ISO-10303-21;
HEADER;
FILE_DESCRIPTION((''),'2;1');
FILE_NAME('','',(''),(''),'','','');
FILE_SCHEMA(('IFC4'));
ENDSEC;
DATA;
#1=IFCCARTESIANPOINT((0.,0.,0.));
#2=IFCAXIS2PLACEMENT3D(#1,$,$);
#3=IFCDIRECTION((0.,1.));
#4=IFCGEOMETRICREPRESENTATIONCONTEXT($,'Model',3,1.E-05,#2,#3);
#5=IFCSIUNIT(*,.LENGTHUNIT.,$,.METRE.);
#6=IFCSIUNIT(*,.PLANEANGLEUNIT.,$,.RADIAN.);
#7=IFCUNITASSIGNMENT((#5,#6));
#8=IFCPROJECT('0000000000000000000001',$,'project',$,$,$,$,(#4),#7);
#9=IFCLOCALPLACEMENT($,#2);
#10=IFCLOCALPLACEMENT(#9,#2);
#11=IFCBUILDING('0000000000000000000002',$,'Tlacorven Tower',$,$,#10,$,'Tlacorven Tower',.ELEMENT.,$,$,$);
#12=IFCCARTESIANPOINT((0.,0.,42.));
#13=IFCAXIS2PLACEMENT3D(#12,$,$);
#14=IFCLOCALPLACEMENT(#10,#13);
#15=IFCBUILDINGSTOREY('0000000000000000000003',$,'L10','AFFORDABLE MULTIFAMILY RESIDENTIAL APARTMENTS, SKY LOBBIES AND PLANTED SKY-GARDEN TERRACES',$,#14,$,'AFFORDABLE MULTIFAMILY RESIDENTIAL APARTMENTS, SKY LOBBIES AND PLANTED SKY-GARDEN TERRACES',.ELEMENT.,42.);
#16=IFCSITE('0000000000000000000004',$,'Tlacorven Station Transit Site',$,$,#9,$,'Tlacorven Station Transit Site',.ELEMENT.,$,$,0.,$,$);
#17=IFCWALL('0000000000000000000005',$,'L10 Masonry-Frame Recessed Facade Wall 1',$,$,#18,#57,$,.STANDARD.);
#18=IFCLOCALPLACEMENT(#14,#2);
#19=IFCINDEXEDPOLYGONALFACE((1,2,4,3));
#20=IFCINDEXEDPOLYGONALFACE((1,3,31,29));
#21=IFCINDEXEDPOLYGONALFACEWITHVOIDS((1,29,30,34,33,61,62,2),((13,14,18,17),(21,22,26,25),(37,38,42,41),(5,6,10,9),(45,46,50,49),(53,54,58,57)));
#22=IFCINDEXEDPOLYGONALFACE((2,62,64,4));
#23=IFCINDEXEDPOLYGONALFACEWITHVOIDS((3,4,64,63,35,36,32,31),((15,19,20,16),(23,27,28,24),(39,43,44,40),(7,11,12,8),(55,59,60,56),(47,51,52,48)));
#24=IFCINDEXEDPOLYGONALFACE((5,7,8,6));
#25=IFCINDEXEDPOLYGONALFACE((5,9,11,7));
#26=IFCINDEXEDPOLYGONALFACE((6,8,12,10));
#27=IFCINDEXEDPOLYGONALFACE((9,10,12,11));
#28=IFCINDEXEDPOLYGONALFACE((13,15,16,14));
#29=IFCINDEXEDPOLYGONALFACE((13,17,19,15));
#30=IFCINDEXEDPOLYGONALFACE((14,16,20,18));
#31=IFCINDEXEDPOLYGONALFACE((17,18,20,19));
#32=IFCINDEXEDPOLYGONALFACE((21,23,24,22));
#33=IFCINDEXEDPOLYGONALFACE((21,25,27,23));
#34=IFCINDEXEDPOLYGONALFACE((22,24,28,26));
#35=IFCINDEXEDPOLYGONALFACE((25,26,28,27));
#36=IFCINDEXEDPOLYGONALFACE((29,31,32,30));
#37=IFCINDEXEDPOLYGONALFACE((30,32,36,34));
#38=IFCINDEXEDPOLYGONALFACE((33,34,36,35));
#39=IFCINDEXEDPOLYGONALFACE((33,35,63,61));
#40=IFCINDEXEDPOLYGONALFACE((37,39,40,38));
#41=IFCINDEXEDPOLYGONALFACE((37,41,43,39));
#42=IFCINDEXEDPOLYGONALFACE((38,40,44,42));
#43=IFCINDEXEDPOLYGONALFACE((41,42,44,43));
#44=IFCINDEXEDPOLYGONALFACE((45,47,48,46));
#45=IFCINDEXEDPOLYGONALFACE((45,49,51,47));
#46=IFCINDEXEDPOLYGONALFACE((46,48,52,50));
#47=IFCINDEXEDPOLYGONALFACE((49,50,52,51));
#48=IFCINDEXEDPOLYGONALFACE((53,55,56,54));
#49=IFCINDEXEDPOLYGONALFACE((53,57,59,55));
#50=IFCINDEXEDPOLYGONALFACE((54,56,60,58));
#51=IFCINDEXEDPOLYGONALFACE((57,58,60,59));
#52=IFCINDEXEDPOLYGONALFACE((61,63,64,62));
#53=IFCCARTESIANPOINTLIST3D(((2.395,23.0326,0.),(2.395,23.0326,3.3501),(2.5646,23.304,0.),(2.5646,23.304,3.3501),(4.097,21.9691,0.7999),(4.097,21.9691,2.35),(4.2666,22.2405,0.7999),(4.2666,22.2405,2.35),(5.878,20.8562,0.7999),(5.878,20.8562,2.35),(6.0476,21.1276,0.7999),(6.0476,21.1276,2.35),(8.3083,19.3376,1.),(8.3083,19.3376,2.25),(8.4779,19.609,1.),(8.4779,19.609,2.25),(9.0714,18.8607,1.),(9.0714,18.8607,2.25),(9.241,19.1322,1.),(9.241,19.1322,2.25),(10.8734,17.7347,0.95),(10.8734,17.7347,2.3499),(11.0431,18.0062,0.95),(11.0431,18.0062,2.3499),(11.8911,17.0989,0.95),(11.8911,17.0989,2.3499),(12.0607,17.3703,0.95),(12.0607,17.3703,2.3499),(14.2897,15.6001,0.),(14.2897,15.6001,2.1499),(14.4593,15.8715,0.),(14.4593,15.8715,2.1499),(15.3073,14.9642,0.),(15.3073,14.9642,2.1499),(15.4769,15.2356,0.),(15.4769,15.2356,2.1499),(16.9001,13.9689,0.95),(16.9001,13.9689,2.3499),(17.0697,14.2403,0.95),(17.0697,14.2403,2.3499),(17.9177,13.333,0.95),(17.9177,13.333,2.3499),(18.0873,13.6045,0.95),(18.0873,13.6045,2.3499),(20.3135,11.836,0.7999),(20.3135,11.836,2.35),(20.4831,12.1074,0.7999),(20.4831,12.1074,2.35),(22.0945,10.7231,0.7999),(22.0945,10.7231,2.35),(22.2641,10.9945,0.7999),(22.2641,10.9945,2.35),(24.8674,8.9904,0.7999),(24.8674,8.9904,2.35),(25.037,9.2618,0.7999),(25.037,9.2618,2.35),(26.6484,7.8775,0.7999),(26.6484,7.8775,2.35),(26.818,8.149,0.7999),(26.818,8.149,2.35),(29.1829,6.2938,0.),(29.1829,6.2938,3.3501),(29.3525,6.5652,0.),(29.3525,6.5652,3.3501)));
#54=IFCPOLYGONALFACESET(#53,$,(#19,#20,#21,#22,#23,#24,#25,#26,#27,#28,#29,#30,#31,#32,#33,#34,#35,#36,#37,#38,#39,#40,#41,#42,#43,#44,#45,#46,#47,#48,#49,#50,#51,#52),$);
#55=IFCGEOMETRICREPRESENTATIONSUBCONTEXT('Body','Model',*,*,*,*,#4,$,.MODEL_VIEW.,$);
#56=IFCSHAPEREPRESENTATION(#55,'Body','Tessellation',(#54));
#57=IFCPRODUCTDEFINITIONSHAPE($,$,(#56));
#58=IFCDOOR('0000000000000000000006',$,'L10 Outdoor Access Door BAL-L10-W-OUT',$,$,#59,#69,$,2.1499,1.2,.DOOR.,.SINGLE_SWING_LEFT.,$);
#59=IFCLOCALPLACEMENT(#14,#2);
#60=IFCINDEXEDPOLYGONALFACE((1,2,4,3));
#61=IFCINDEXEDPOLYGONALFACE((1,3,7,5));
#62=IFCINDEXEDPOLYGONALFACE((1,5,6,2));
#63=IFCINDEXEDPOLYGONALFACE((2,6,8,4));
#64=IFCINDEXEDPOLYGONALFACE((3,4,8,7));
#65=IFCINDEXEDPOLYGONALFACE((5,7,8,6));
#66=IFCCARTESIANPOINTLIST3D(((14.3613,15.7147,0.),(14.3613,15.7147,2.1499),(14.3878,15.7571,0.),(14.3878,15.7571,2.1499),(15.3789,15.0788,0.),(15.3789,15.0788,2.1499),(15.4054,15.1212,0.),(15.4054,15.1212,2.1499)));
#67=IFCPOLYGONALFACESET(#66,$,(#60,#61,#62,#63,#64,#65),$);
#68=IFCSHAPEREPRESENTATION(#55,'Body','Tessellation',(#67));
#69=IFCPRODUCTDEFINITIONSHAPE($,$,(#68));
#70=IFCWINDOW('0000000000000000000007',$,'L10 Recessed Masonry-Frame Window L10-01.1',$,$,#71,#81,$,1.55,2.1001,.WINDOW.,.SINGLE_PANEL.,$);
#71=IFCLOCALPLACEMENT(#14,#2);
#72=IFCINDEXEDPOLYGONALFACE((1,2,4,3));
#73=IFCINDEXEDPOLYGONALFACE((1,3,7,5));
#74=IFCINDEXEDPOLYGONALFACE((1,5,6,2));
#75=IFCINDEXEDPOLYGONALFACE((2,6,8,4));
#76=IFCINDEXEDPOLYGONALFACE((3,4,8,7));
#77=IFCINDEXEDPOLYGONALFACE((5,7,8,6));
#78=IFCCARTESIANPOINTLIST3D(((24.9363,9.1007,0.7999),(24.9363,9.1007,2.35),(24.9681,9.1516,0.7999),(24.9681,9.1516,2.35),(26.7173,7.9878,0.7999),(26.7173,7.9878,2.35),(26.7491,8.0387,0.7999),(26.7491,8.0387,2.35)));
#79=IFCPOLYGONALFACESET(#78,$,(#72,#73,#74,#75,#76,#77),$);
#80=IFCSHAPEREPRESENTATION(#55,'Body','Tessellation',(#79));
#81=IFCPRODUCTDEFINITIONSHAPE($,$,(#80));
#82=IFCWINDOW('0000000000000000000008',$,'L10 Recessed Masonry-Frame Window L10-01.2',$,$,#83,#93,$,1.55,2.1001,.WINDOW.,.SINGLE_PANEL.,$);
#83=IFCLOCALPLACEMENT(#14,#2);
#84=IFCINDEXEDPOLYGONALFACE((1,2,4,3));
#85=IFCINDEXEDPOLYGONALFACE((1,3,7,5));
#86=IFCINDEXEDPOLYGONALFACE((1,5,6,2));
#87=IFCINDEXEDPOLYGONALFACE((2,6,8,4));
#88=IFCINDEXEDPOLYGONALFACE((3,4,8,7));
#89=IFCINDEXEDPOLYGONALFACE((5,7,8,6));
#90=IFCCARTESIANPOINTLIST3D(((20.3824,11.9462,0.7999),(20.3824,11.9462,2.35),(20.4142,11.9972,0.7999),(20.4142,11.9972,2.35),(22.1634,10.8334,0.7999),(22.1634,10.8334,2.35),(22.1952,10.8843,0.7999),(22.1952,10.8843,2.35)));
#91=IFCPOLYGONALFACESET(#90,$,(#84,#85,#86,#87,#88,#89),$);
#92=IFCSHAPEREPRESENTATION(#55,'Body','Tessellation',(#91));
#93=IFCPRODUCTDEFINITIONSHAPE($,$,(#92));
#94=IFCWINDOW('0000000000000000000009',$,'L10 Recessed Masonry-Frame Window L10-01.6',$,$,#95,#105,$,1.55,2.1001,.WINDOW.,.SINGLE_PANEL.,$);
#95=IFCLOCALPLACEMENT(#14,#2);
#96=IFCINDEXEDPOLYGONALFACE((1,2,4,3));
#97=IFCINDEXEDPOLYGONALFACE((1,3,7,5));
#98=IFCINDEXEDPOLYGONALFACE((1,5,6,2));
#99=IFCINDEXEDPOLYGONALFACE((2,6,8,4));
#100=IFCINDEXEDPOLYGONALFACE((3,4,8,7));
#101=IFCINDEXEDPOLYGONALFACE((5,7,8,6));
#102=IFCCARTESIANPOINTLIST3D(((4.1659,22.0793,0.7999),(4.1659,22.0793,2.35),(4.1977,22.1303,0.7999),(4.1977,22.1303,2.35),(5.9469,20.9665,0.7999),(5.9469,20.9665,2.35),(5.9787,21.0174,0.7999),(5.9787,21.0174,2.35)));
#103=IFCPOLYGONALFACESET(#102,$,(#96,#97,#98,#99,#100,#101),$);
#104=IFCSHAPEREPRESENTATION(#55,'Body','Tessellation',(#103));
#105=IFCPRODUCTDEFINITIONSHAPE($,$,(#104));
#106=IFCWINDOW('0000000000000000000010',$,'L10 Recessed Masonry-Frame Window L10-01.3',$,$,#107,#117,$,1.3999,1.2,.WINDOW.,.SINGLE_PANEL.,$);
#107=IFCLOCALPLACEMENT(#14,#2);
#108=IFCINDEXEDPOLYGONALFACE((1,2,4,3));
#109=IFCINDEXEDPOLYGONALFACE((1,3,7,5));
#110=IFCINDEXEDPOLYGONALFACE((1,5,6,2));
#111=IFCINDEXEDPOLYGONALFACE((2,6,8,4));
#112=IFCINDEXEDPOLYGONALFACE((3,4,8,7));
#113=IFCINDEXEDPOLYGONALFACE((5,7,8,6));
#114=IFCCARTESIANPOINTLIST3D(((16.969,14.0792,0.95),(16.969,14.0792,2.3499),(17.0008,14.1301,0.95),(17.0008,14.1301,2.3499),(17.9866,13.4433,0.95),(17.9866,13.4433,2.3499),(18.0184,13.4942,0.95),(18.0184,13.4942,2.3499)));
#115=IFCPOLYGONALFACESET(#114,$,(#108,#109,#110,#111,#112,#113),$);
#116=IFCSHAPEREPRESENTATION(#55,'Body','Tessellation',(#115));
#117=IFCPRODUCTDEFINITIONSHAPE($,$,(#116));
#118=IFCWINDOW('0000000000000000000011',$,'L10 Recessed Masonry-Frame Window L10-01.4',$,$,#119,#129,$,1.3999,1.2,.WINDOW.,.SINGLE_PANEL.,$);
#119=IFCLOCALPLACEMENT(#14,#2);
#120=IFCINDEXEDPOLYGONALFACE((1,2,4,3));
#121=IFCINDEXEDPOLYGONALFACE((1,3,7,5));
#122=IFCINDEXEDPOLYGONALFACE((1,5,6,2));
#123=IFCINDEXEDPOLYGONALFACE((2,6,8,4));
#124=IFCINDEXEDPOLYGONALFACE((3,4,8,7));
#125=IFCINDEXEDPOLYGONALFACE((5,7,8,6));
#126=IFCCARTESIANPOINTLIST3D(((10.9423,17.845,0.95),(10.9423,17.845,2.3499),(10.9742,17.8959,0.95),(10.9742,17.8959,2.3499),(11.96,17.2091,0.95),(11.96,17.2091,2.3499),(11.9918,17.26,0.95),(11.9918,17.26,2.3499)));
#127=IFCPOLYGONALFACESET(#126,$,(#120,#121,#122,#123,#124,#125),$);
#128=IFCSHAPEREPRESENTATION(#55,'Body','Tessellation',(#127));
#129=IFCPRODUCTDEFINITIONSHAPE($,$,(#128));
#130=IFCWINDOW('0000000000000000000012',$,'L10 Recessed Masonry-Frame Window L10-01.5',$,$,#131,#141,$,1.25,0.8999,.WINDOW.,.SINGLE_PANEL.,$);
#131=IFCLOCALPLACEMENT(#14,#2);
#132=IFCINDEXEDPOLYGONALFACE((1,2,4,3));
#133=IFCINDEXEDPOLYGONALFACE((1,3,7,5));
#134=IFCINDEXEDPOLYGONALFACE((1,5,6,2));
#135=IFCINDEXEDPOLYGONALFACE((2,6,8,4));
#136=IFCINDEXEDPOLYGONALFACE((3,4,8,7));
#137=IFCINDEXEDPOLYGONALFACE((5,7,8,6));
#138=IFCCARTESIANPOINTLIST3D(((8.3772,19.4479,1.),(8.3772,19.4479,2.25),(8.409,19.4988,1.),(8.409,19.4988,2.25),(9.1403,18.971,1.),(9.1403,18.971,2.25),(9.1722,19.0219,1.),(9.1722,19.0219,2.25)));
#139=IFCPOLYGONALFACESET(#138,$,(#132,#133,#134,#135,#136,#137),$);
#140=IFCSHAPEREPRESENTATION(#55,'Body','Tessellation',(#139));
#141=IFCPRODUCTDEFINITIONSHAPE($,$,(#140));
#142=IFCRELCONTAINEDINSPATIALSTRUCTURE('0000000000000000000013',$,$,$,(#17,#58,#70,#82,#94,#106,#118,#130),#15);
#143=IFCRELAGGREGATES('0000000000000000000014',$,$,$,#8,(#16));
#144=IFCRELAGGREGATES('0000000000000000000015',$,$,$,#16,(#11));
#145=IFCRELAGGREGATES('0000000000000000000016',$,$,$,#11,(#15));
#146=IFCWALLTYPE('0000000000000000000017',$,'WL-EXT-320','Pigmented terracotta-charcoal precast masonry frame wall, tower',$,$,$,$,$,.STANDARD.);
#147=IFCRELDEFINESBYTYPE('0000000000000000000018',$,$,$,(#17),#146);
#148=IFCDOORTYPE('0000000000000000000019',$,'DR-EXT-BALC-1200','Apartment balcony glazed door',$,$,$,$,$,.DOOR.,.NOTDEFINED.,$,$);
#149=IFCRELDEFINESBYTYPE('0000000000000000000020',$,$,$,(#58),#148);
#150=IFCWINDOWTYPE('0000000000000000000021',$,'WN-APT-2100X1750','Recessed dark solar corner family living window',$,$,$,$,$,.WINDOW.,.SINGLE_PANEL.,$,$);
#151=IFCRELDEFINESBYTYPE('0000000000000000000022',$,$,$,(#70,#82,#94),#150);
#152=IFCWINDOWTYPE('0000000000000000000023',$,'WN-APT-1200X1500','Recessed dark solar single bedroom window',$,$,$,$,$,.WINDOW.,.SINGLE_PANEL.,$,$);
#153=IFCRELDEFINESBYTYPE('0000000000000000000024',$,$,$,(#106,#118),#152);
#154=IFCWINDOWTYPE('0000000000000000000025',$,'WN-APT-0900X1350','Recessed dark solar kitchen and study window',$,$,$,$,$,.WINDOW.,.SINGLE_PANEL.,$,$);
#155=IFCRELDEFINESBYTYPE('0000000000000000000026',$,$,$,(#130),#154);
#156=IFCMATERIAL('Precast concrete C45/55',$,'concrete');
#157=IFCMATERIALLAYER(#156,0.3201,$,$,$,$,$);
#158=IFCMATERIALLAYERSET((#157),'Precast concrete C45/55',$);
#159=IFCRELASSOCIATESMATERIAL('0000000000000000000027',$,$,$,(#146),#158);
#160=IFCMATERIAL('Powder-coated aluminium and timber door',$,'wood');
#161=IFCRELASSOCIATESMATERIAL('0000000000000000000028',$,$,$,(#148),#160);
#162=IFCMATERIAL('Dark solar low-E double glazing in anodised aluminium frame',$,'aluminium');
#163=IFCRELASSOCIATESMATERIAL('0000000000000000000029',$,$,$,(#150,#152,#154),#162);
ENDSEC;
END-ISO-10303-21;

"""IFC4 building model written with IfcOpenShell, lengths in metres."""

from ifc_helpers import new_model, si_unit, direction, frame, frame_2d, origin, place, context, subcontext, project, spatial, rectangle, extrude, source, transform, mapped, material, layer, layer_set, type_object, element, fill, save


model = new_model("IFC4")

# Units and contexts
model_context = context("Model", 3, precision=1e-05, world=origin(), true_north=direction((0.0, 1.0)))
body_context = subcontext(model_context, "Body", "Model", "MODEL_VIEW")
ifc_project = project(units=[si_unit("LENGTHUNIT", "METRE"), si_unit("PLANEANGLEUNIT", "RADIAN")], contexts=[model_context])

# Site, building, storey
site_placement = place(None, origin())
site = spatial("IfcSite", under=ifc_project, at=site_placement, Name="Tlacorven Station Transit Site", LongName="Tlacorven Station Transit Site", CompositionType="ELEMENT", RefElevation=0.0)
building_placement = place(site_placement, origin())
building = spatial("IfcBuilding", under=site, at=building_placement, Name="Tlacorven Tower", LongName="Tlacorven Tower", CompositionType="ELEMENT")
storey_placement = place(building_placement, frame((0.0, 0.0, 42.0)))
storey = spatial("IfcBuildingStorey", under=building, at=storey_placement, Name="L10", Description="AFFORDABLE MULTIFAMILY RESIDENTIAL APARTMENTS, SKY LOBBIES AND PLANTED SKY-GARDEN TERRACES", LongName="AFFORDABLE MULTIFAMILY RESIDENTIAL APARTMENTS, SKY LOBBIES AND PLANTED SKY-GARDEN TERRACES", CompositionType="ELEMENT", Elevation=42.0)

# Wall, openings, door, windows
ifc_material_1 = material(Name="Precast concrete C45/55", Category="concrete")
ifc_layer_1 = layer(ifc_material_1, 0.3201)
ifc_layer_set_1 = layer_set([ifc_layer_1], Name="Precast concrete C45/55")
wall_type_1 = type_object("IfcWallType", Name="WL-EXT-320", Description="Pigmented terracotta-charcoal precast masonry frame wall, tower", PredefinedType="STANDARD", material=ifc_layer_set_1)
wall_1_placement = place(storey_placement, frame((29.2678, 6.4294, 0.0), z_axis=(0.0, 0.0, 1.0), x_axis=(-0.84805, 0.529916, 0.0)))
wall_1 = element("IfcWall", 1, at=wall_1_placement, inside=storey, type_object=wall_type_1, Name="L10 Masonry-Frame Recessed Facade Wall 1", PredefinedType="STANDARD", context=body_context, shape_type="SweptSolid", body=[
    extrude(rectangle(XDim=31.5876, YDim=0.3201, at=frame_2d((15.7939, 0.0))), origin(), (0.0, 0.0, 1.0), 3.3501),
])
opening_1_placement = place(wall_1_placement, frame((16.3618, 0.0, 0.0)))
opening_1 = element("IfcOpeningElement", 2, at=opening_1_placement, cuts=wall_1, PredefinedType="OPENING", context=body_context, shape_type="SweptSolid", body=[
    extrude(rectangle(XDim=1.2, YDim=2.1499, at=frame_2d((0.6001, 1.075))), frame((0.0, 0.1699, 0.0), z_axis=(0.0, -1.0, 0.0), x_axis=(1.0, 0.0, 0.0)), (0.0, 0.0, 1.0), 0.3401),
])
opening_2_placement = place(wall_1_placement, frame((2.9888, 0.0, 0.8)))
opening_2 = element("IfcOpeningElement", 3, at=opening_2_placement, cuts=wall_1, PredefinedType="OPENING", context=body_context, shape_type="SweptSolid", body=[
    extrude(rectangle(XDim=2.1001, YDim=1.55, at=frame_2d((1.05, 0.7749))), frame((0.0, 0.1699, 0.0), z_axis=(0.0, -1.0, 0.0), x_axis=(1.0, 0.0, 0.0)), (0.0, 0.0, 1.0), 0.3401),
])
opening_3_placement = place(wall_1_placement, frame((8.3586, 0.0, 0.8)))
opening_3 = element("IfcOpeningElement", 4, at=opening_3_placement, cuts=wall_1, PredefinedType="OPENING", context=body_context, shape_type="SweptSolid", body=[
    extrude(rectangle(XDim=2.1001, YDim=1.55, at=frame_2d((1.05, 0.7749))), frame((0.0, 0.1699, 0.0), z_axis=(0.0, -1.0, 0.0), x_axis=(1.0, 0.0, 0.0)), (0.0, 0.0, 1.0), 0.3401),
])
opening_4_placement = place(wall_1_placement, frame((13.2837, 0.0, 0.95)))
opening_4 = element("IfcOpeningElement", 5, at=opening_4_placement, cuts=wall_1, PredefinedType="OPENING", context=body_context, shape_type="SweptSolid", body=[
    extrude(rectangle(XDim=1.2, YDim=1.3999, at=frame_2d((0.6001, 0.7))), frame((0.0, 0.1699, 0.0), z_axis=(0.0, -1.0, 0.0), x_axis=(1.0, 0.0, 0.0)), (0.0, 0.0, 1.0), 0.3401),
])
opening_5_placement = place(wall_1_placement, frame((20.3901, 0.0, 0.95)))
opening_5 = element("IfcOpeningElement", 6, at=opening_5_placement, cuts=wall_1, PredefinedType="OPENING", context=body_context, shape_type="SweptSolid", body=[
    extrude(rectangle(XDim=1.2, YDim=1.3999, at=frame_2d((0.6001, 0.7))), frame((0.0, 0.1699, 0.0), z_axis=(0.0, -1.0, 0.0), x_axis=(1.0, 0.0, 0.0)), (0.0, 0.0, 1.0), 0.3401),
])
opening_6_placement = place(wall_1_placement, frame((23.7151, 0.0, 1.0)))
opening_6 = element("IfcOpeningElement", 7, at=opening_6_placement, cuts=wall_1, PredefinedType="OPENING", context=body_context, shape_type="SweptSolid", body=[
    extrude(rectangle(XDim=0.8999, YDim=1.25, at=frame_2d((0.45, 0.625))), frame((0.0, 0.1699, 0.0), z_axis=(0.0, -1.0, 0.0), x_axis=(1.0, 0.0, 0.0)), (0.0, 0.0, 1.0), 0.3401),
])
opening_7_placement = place(wall_1_placement, frame((27.4807, 0.0, 0.8)))
opening_7 = element("IfcOpeningElement", 8, at=opening_7_placement, cuts=wall_1, PredefinedType="OPENING", context=body_context, shape_type="SweptSolid", body=[
    extrude(rectangle(XDim=2.1001, YDim=1.55, at=frame_2d((1.05, 0.7749))), frame((0.0, 0.1699, 0.0), z_axis=(0.0, -1.0, 0.0), x_axis=(1.0, 0.0, 0.0)), (0.0, 0.0, 1.0), 0.3401),
])
ifc_material_2 = material(Name="Powder-coated aluminium and timber door", Category="wood")
door_type_1 = type_object("IfcDoorType", Name="DR-EXT-BALC-1200", Description="Apartment balcony glazed door", OperationType="NOTDEFINED", PredefinedType="DOOR", material=ifc_material_2)
shared_shape_1 = source(origin(), body_context, "Body", "SweptSolid", [
    extrude(rectangle(XDim=1.2, YDim=2.1499, at=frame_2d((0.6001, 1.075))), frame((0.0, 0.0249, 0.0), z_axis=(0.0, -1.0, 0.0), x_axis=(1.0, 0.0, 0.0)), (0.0, 0.0, 1.0), 0.05),
])
door_1_placement = place(opening_1_placement, origin())
door_1 = element("IfcDoor", 9, at=door_1_placement, inside=storey, type_object=door_type_1, Name="L10 Outdoor Access Door BAL-L10-W-OUT", OperationType="SINGLE_SWING_LEFT", OverallHeight=2.1499, OverallWidth=1.2, PredefinedType="DOOR", context=body_context, shape_type="MappedRepresentation", body=[
    mapped(shared_shape_1, transform((0.0, 0.0, 0.0), scale=1.0)),
])
fill(opening_1, door_1)
ifc_material_3 = material(Name="Dark solar low-E double glazing in anodised aluminium frame", Category="aluminium")
window_type_1 = type_object("IfcWindowType", Name="WN-APT-2100X1750", Description="Recessed dark solar corner family living window", PartitioningType="SINGLE_PANEL", PredefinedType="WINDOW", material=ifc_material_3)
shared_shape_2 = source(origin(), body_context, "Body", "SweptSolid", [
    extrude(rectangle(XDim=2.1001, YDim=1.55, at=frame_2d((1.05, 0.7749))), frame((0.0, 0.03, 0.0), z_axis=(0.0, -1.0, 0.0), x_axis=(1.0, 0.0, 0.0)), (0.0, 0.0, 1.0), 0.0601),
])
window_1_placement = place(opening_2_placement, origin())
window_1 = element("IfcWindow", 10, at=window_1_placement, inside=storey, type_object=window_type_1, Name="L10 Recessed Masonry-Frame Window L10-01.1", OverallHeight=1.55, OverallWidth=2.1001, PartitioningType="SINGLE_PANEL", PredefinedType="WINDOW", context=body_context, shape_type="MappedRepresentation", body=[
    mapped(shared_shape_2, transform((0.0, 0.0, 0.0), scale=1.0)),
])
fill(opening_2, window_1)
window_2_placement = place(opening_3_placement, origin())
window_2 = element("IfcWindow", 11, at=window_2_placement, inside=storey, type_object=window_type_1, Name="L10 Recessed Masonry-Frame Window L10-01.2", OverallHeight=1.55, OverallWidth=2.1001, PartitioningType="SINGLE_PANEL", PredefinedType="WINDOW", context=body_context, shape_type="MappedRepresentation", body=[
    mapped(shared_shape_2, transform((0.0, 0.0, 0.0), scale=1.0)),
])
fill(opening_3, window_2)
window_3_placement = place(opening_7_placement, origin())
window_3 = element("IfcWindow", 12, at=window_3_placement, inside=storey, type_object=window_type_1, Name="L10 Recessed Masonry-Frame Window L10-01.6", OverallHeight=1.55, OverallWidth=2.1001, PartitioningType="SINGLE_PANEL", PredefinedType="WINDOW", context=body_context, shape_type="MappedRepresentation", body=[
    mapped(shared_shape_2, transform((0.0, 0.0, 0.0), scale=1.0)),
])
fill(opening_7, window_3)
window_type_2 = type_object("IfcWindowType", Name="WN-APT-1200X1500", Description="Recessed dark solar single bedroom window", PartitioningType="SINGLE_PANEL", PredefinedType="WINDOW", material=ifc_material_3)
shared_shape_3 = source(origin(), body_context, "Body", "SweptSolid", [
    extrude(rectangle(XDim=1.2, YDim=1.3999, at=frame_2d((0.6001, 0.7))), frame((0.0, 0.03, 0.0), z_axis=(0.0, -1.0, 0.0), x_axis=(1.0, 0.0, 0.0)), (0.0, 0.0, 1.0), 0.0601),
])
window_4_placement = place(opening_4_placement, origin())
window_4 = element("IfcWindow", 13, at=window_4_placement, inside=storey, type_object=window_type_2, Name="L10 Recessed Masonry-Frame Window L10-01.3", OverallHeight=1.3999, OverallWidth=1.2, PartitioningType="SINGLE_PANEL", PredefinedType="WINDOW", context=body_context, shape_type="MappedRepresentation", body=[
    mapped(shared_shape_3, transform((0.0, 0.0, 0.0), scale=1.0)),
])
fill(opening_4, window_4)
window_5_placement = place(opening_5_placement, origin())
window_5 = element("IfcWindow", 14, at=window_5_placement, inside=storey, type_object=window_type_2, Name="L10 Recessed Masonry-Frame Window L10-01.4", OverallHeight=1.3999, OverallWidth=1.2, PartitioningType="SINGLE_PANEL", PredefinedType="WINDOW", context=body_context, shape_type="MappedRepresentation", body=[
    mapped(shared_shape_3, transform((0.0, 0.0, 0.0), scale=1.0)),
])
fill(opening_5, window_5)
window_type_3 = type_object("IfcWindowType", Name="WN-APT-0900X1350", Description="Recessed dark solar kitchen and study window", PartitioningType="SINGLE_PANEL", PredefinedType="WINDOW", material=ifc_material_3)
shared_shape_4 = source(origin(), body_context, "Body", "SweptSolid", [
    extrude(rectangle(XDim=0.8999, YDim=1.25, at=frame_2d((0.45, 0.625))), frame((0.0, 0.03, 0.0), z_axis=(0.0, -1.0, 0.0), x_axis=(1.0, 0.0, 0.0)), (0.0, 0.0, 1.0), 0.0601),
])
window_6_placement = place(opening_6_placement, origin())
window_6 = element("IfcWindow", 15, at=window_6_placement, inside=storey, type_object=window_type_3, Name="L10 Recessed Masonry-Frame Window L10-01.5", OverallHeight=1.25, OverallWidth=0.8999, PartitioningType="SINGLE_PANEL", PredefinedType="WINDOW", context=body_context, shape_type="MappedRepresentation", body=[
    mapped(shared_shape_4, transform((0.0, 0.0, 0.0), scale=1.0)),
])
fill(opening_6, window_6)

save(model, "model.ifc")
